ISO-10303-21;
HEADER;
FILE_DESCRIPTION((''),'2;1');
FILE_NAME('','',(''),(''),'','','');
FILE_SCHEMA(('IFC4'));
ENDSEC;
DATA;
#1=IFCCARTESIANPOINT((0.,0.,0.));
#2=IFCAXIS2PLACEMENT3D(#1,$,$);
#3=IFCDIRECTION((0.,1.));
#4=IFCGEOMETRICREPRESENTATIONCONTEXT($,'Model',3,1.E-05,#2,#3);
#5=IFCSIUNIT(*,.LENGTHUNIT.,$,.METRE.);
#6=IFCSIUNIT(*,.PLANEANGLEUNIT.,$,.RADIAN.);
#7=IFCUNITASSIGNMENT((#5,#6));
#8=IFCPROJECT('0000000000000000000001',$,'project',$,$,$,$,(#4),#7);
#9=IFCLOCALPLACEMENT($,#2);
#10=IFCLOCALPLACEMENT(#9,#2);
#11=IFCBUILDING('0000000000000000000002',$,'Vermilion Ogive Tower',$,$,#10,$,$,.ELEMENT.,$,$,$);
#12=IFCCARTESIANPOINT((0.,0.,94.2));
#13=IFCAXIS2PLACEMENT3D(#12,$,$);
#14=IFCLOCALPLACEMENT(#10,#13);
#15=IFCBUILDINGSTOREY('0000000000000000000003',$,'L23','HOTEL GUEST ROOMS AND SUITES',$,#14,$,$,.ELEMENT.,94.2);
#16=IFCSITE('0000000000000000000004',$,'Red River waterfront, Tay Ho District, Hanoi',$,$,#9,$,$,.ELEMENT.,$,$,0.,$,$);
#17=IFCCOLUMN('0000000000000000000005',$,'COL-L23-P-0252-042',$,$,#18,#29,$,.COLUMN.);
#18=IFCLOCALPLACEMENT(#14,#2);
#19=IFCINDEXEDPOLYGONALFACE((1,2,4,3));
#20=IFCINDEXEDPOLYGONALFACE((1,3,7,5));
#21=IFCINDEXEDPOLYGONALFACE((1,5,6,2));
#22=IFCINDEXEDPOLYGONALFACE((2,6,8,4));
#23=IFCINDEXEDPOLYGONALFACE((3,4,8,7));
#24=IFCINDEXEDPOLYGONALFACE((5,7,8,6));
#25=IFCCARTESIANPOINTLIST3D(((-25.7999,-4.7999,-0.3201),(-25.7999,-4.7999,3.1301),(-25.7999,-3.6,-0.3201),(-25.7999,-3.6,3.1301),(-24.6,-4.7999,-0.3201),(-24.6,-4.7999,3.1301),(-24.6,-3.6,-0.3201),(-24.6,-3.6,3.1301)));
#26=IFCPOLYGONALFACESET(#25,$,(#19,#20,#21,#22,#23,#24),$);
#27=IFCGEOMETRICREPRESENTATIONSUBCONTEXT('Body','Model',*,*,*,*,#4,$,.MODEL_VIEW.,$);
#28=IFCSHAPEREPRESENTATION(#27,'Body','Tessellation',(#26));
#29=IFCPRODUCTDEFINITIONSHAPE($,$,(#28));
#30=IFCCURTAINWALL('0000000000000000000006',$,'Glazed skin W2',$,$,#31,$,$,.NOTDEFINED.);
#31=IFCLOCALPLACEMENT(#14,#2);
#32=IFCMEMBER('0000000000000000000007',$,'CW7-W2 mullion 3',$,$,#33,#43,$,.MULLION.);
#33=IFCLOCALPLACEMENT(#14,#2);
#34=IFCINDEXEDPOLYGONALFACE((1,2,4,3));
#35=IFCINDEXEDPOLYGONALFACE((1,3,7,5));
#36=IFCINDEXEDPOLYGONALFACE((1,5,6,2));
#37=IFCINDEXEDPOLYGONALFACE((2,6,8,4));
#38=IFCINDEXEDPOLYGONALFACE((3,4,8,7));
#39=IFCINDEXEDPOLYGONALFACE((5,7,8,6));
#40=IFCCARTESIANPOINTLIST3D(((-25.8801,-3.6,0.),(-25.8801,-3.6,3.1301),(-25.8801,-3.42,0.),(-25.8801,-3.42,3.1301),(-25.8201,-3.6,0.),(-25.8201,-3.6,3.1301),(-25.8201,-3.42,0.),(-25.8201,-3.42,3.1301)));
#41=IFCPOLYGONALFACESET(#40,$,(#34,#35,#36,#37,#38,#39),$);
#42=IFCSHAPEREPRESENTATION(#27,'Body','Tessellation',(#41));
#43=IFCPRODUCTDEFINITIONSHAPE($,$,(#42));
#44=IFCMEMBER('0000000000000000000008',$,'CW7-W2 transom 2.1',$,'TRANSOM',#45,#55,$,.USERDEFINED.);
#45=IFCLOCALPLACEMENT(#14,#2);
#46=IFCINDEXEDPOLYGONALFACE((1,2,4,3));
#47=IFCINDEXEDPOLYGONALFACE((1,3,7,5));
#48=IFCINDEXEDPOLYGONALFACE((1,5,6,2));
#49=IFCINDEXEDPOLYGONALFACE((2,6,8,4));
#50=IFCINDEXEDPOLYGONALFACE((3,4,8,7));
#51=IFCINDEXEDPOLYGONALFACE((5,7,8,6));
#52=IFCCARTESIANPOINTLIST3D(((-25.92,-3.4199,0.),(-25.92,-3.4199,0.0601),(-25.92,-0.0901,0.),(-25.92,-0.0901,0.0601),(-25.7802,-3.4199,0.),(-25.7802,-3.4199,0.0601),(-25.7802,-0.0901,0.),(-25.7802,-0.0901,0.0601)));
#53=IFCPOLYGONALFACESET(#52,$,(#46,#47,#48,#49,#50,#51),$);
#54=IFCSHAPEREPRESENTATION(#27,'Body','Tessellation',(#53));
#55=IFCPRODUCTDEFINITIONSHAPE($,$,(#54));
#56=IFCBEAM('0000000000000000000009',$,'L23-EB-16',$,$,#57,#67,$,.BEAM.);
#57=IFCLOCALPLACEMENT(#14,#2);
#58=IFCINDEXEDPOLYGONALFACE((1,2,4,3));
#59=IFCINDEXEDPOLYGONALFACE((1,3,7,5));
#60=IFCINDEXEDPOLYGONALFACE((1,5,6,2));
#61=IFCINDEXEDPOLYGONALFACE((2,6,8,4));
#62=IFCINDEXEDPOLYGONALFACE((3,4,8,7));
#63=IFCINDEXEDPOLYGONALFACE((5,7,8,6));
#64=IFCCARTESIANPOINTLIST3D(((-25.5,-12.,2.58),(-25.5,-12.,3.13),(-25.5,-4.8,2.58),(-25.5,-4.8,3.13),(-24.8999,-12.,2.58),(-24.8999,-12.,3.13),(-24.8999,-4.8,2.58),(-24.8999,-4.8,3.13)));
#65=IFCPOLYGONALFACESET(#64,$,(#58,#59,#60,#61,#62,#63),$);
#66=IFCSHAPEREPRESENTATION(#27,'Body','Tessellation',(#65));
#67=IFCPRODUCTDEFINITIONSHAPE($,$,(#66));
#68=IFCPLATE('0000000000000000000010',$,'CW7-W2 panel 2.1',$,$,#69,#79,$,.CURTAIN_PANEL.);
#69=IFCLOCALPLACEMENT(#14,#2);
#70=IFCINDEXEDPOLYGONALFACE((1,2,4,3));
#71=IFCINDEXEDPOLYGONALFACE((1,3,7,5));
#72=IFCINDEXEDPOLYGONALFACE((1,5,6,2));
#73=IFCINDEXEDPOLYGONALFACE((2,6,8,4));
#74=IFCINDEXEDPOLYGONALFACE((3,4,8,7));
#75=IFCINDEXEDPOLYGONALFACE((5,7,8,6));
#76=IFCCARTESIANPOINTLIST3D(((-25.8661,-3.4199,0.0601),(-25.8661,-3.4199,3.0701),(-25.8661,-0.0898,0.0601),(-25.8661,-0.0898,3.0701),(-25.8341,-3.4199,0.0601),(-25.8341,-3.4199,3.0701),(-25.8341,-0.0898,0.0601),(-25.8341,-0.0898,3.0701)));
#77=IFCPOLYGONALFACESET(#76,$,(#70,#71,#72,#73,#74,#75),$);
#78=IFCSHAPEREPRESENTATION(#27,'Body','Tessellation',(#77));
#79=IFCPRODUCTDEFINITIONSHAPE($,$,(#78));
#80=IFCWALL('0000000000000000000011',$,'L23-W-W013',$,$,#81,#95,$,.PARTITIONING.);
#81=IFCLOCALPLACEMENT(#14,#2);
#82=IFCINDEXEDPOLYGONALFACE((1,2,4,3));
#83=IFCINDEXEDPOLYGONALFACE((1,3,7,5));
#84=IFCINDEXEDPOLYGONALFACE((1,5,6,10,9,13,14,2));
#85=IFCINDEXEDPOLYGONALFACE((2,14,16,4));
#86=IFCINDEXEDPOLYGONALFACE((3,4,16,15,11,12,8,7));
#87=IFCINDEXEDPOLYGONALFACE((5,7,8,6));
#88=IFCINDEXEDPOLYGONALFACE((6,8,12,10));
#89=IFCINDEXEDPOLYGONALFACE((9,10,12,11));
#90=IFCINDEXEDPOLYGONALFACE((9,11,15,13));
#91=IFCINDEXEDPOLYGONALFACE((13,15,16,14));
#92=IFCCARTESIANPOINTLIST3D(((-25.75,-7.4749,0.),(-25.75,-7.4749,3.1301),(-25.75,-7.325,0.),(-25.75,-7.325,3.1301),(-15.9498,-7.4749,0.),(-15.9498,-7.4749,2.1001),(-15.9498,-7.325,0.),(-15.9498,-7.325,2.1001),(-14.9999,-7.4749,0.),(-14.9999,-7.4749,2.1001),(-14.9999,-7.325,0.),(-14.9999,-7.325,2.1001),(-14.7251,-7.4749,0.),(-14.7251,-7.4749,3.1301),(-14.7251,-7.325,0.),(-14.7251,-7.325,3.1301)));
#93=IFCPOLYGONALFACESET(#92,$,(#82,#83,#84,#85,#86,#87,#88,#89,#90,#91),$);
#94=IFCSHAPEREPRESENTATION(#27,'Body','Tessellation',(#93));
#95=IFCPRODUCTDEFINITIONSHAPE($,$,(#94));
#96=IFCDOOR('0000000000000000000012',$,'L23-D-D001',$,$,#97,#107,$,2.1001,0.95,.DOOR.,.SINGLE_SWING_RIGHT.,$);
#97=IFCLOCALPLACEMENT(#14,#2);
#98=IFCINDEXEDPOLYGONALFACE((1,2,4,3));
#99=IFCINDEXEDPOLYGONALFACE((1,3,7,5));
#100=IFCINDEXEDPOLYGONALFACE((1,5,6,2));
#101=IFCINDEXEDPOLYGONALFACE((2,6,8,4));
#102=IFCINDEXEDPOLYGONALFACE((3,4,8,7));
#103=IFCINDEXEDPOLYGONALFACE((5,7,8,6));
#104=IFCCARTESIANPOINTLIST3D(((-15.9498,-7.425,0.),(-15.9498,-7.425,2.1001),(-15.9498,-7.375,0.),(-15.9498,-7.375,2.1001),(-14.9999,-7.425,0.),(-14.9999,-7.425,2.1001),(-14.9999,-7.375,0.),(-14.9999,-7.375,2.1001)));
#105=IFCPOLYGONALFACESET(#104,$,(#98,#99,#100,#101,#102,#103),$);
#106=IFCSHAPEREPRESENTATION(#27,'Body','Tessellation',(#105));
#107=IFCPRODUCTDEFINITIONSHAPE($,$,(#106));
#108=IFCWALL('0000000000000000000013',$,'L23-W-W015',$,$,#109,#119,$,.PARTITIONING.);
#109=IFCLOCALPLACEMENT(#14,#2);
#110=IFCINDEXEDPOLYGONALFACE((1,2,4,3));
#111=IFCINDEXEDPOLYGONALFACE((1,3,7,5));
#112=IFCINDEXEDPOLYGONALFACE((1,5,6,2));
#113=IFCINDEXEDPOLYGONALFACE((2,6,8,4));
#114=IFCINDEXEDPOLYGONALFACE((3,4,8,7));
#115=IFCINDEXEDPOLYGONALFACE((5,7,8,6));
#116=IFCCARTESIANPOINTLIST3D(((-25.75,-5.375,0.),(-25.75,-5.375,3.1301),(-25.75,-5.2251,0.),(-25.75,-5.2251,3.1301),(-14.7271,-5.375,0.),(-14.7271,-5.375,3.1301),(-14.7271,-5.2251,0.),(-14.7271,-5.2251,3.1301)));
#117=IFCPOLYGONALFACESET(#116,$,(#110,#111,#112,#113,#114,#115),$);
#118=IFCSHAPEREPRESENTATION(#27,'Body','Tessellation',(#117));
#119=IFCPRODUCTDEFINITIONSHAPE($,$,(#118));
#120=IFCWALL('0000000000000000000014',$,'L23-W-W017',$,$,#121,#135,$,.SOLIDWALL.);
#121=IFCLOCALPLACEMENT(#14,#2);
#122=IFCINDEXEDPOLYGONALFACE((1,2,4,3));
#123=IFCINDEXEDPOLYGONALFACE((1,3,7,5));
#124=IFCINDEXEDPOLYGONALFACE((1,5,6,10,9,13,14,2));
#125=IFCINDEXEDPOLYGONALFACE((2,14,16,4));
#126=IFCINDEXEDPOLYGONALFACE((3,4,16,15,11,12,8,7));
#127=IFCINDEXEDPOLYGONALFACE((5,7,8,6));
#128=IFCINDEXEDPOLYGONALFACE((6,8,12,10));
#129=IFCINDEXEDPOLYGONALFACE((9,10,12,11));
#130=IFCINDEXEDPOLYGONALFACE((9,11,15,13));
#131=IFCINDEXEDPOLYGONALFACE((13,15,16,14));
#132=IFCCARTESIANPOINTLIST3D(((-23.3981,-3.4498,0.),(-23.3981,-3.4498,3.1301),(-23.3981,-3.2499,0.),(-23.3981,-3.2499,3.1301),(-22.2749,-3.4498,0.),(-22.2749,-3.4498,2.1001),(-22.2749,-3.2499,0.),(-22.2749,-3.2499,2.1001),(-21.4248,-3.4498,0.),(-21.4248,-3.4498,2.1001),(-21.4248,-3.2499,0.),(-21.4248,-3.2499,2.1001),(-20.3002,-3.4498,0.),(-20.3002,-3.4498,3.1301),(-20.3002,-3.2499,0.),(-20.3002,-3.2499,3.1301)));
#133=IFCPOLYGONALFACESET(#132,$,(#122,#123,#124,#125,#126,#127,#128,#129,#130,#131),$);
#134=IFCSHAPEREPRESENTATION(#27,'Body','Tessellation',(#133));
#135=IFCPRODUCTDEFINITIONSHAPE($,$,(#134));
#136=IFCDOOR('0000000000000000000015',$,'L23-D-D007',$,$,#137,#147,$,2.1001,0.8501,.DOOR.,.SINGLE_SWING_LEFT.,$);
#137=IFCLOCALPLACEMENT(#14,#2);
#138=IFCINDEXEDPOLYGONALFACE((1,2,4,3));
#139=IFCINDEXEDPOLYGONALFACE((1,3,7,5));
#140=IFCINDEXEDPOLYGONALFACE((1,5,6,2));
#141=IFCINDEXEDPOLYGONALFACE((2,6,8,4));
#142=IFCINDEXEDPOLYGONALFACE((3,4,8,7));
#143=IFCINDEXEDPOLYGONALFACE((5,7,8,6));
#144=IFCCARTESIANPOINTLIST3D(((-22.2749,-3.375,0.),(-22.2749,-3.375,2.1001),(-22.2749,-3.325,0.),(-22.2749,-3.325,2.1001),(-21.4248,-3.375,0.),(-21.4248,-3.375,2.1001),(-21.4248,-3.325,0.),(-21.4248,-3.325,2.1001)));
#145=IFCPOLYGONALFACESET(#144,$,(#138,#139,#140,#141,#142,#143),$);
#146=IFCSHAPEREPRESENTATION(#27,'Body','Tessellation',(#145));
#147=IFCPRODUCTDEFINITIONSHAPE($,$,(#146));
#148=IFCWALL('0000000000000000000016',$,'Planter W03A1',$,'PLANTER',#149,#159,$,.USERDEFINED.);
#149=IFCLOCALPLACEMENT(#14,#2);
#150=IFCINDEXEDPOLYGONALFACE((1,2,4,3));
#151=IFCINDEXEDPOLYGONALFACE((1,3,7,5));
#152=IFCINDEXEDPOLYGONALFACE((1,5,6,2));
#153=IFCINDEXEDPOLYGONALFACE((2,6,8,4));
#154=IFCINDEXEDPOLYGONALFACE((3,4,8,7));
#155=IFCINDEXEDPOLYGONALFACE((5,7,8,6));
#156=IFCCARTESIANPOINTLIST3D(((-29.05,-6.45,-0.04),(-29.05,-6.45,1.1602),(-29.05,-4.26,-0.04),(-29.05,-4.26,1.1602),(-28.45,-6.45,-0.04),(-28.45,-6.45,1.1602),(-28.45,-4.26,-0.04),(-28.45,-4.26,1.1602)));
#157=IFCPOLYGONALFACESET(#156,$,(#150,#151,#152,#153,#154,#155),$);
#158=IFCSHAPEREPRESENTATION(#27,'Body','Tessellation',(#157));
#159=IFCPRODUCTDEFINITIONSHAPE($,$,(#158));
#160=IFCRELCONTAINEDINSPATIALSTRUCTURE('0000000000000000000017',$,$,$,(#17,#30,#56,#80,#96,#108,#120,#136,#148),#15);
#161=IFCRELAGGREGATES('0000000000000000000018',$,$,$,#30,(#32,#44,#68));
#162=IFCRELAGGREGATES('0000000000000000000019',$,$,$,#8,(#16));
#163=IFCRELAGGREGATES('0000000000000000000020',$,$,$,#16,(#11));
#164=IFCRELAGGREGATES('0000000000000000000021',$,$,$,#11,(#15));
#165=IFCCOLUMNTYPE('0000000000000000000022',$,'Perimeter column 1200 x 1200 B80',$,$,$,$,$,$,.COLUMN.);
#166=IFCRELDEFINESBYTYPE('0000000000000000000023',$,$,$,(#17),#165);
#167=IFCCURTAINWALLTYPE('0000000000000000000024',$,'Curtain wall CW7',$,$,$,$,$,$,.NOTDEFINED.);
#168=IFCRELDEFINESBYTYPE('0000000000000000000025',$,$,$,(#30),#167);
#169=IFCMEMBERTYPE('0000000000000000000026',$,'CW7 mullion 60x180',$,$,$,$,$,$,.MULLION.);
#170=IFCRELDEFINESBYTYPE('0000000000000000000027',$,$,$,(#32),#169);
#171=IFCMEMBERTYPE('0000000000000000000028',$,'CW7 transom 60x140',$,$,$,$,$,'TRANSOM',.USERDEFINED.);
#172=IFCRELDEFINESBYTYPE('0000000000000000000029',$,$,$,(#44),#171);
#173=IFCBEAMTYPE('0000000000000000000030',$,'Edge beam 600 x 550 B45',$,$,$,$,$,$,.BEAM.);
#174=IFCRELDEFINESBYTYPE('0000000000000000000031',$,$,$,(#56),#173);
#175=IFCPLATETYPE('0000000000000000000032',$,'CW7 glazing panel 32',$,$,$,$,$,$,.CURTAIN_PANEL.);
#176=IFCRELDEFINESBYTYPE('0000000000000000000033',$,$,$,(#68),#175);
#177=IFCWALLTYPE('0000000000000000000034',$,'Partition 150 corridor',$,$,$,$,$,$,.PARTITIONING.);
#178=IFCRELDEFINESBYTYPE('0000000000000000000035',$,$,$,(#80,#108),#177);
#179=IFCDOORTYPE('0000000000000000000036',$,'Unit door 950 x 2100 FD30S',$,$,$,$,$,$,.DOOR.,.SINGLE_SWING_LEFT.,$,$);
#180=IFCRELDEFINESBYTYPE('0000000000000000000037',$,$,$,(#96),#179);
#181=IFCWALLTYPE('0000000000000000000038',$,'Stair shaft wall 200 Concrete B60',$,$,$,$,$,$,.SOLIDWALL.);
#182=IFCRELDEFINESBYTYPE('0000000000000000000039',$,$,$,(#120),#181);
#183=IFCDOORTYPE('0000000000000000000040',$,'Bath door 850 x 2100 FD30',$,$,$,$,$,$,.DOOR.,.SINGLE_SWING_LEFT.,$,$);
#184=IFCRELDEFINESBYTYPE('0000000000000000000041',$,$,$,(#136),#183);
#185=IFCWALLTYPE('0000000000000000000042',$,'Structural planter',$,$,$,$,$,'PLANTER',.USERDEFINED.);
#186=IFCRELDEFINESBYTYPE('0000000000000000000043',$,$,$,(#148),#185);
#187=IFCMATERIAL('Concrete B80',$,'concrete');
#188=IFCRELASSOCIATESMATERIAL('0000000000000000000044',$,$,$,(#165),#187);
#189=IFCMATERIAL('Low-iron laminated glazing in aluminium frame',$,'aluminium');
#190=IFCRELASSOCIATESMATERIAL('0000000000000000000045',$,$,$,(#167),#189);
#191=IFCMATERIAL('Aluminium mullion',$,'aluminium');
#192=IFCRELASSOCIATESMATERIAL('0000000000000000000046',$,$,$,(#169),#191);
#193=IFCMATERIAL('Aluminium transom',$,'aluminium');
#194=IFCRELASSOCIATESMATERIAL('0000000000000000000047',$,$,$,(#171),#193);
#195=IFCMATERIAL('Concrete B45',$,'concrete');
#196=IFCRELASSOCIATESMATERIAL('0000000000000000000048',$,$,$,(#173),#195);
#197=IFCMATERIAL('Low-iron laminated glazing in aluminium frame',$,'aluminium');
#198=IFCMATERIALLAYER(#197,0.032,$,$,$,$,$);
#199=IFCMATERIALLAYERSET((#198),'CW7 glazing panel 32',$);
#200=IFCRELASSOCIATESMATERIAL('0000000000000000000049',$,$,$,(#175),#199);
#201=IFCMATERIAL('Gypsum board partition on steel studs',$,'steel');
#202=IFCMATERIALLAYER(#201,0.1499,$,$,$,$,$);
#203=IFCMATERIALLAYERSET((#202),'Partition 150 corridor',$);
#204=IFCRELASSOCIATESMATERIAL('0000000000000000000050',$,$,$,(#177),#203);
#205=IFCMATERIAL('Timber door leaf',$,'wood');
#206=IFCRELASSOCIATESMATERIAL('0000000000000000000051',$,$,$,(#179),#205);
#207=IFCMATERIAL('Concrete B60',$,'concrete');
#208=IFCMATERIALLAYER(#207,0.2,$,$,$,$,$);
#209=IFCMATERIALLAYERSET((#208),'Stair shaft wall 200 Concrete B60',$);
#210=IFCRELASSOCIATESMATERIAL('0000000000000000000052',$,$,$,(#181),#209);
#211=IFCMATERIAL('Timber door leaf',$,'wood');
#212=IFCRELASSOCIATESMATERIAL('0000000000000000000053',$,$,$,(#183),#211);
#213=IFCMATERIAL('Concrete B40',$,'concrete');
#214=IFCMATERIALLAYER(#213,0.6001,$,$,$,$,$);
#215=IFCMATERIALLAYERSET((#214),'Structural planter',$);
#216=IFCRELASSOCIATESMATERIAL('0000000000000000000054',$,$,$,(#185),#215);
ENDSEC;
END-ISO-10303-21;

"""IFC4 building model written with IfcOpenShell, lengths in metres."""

from ifc_helpers import new_model, si_unit, direction, frame, frame_2d, origin, origin_2d, place, context, subcontext, project, spatial, rectangle, extrude, material, layer, layer_set, material_profile, profile_set, type_object, element, fill, aggregate, save


model = new_model("IFC4")

# Units and contexts
model_context = context("Model", 3, precision=1e-05, world=origin(), true_north=direction((0.0, 1.0)))
body_context = subcontext(model_context, "Body", "Model", "MODEL_VIEW")
ifc_project = project(units=[si_unit("LENGTHUNIT", "METRE"), si_unit("PLANEANGLEUNIT", "RADIAN")], contexts=[model_context])

# Site, building, storey
site_placement = place(None, origin())
site = spatial("IfcSite", under=ifc_project, at=site_placement, Name="Red River waterfront, Tay Ho District, Hanoi", CompositionType="ELEMENT", RefElevation=0.0)
building_placement = place(site_placement, origin())
building = spatial("IfcBuilding", under=site, at=building_placement, Name="Vermilion Ogive Tower", CompositionType="ELEMENT")
storey_placement = place(building_placement, frame((0.0, 0.0, 94.2)))
storey = spatial("IfcBuildingStorey", under=building, at=storey_placement, Name="L23", Description="HOTEL GUEST ROOMS AND SUITES", CompositionType="ELEMENT", Elevation=94.2)

# Column
ifc_material_1 = material(Name="Concrete B80", Category="concrete")
ifc_material_profile_1 = material_profile(ifc_material_1, rectangle(XDim=1.2, YDim=1.2, at=origin_2d()), Name="1200 x 1200")
ifc_profile_set_1 = profile_set([ifc_material_profile_1], Name="Concrete B80")
column_type = type_object("IfcColumnType", Name="Perimeter column 1200 x 1200 B80", PredefinedType="COLUMN", material=ifc_profile_set_1)
column_placement = place(storey_placement, frame((-25.2, -4.2, -0.3201), z_axis=(0.0, 0.0, 1.0), x_axis=(1.0, 0.0, 0.0)))
element("IfcColumn", 1, at=column_placement, inside=storey, type_object=column_type, Name="COL-L23-P-0252-042", PredefinedType="COLUMN", context=body_context, shape_type="SweptSolid", body=[
    extrude(rectangle(XDim=1.2, YDim=1.2, at=origin_2d()), origin(), (0.0, 0.0, 1.0), 3.4502),
])

# Curtain wall, members
ifc_material_2 = material(Name="Low-iron laminated glazing in aluminium frame", Category="aluminium")
curtain_wall_type = type_object("IfcCurtainWallType", Name="Curtain wall CW7", PredefinedType="NOTDEFINED", material=ifc_material_2)
curtain_wall_placement = place(storey_placement, origin())
curtain_wall = element("IfcCurtainWall", 2, at=curtain_wall_placement, inside=storey, type_object=curtain_wall_type, Name="Glazed skin W2", PredefinedType="NOTDEFINED")
ifc_material_3 = material(Name="Aluminium mullion", Category="aluminium")
ifc_material_profile_2 = material_profile(ifc_material_3, rectangle(XDim=0.0601, YDim=0.1799, at=origin_2d()), Name="AL 60x180")
ifc_profile_set_2 = profile_set([ifc_material_profile_2], Name="Aluminium mullion")
member_type_1 = type_object("IfcMemberType", Name="CW7 mullion 60x180", PredefinedType="MULLION", material=ifc_profile_set_2)
member_1_placement = place(storey_placement, frame((-25.8501, -3.51, 0.0), z_axis=(0.0, 0.0, 1.0), x_axis=(1.0, 0.0, 0.0)))
member_1 = element("IfcMember", 3, at=member_1_placement, type_object=member_type_1, Name="CW7-W2 mullion 3", PredefinedType="MULLION", context=body_context, shape_type="SweptSolid", body=[
    extrude(rectangle(XDim=0.0601, YDim=0.1799, at=origin_2d()), origin(), (0.0, 0.0, 1.0), 3.1301),
])
ifc_material_4 = material(Name="Aluminium transom", Category="aluminium")
ifc_material_profile_3 = material_profile(ifc_material_4, rectangle(XDim=0.1399, YDim=0.0601, at=origin_2d()), Name="AL 60x140")
ifc_profile_set_3 = profile_set([ifc_material_profile_3], Name="Aluminium transom")
member_type_2 = type_object("IfcMemberType", Name="CW7 transom 60x140", ElementType="TRANSOM", PredefinedType="USERDEFINED", material=ifc_profile_set_3)
member_2_placement = place(storey_placement, frame((-25.8501, -0.0901, 0.03), z_axis=(0.0, -1.0, 0.0), x_axis=(1.0, 0.0, 0.0)))
member_2 = element("IfcMember", 4, at=member_2_placement, type_object=member_type_2, Name="CW7-W2 transom 2.1", ObjectType="TRANSOM", PredefinedType="USERDEFINED", context=body_context, shape_type="SweptSolid", body=[
    extrude(rectangle(XDim=0.1399, YDim=0.0601, at=origin_2d()), origin(), (0.0, 0.0, 1.0), 3.3298),
])

# Beam
ifc_material_5 = material(Name="Concrete B45", Category="concrete")
ifc_material_profile_4 = material_profile(ifc_material_5, rectangle(XDim=0.6001, YDim=0.55, at=origin_2d()), Name="600 x 550")
ifc_profile_set_4 = profile_set([ifc_material_profile_4], Name="Concrete B45")
beam_type = type_object("IfcBeamType", Name="Edge beam 600 x 550 B45", PredefinedType="BEAM", material=ifc_profile_set_4)
beam_placement = place(storey_placement, frame((-25.2, -4.8, 2.855), z_axis=(0.0, -1.0, 0.0), x_axis=(1.0, 0.0, 0.0)))
element("IfcBeam", 5, at=beam_placement, inside=storey, type_object=beam_type, Name="L23-EB-16", PredefinedType="BEAM", context=body_context, shape_type="SweptSolid", body=[
    extrude(rectangle(XDim=0.6001, YDim=0.55, at=origin_2d()), origin(), (0.0, 0.0, 1.0), 7.2),
])

# Plate
ifc_material_6 = material(Name="Low-iron laminated glazing in aluminium frame", Category="aluminium")
ifc_layer_1 = layer(ifc_material_6, 0.032)
ifc_layer_set_1 = layer_set([ifc_layer_1], Name="CW7 glazing panel 32")
plate_type = type_object("IfcPlateType", Name="CW7 glazing panel 32", PredefinedType="CURTAIN_PANEL", material=ifc_layer_set_1)
plate_placement = place(storey_placement, frame((-25.8501, -1.7549, 0.0601), z_axis=(0.0, 0.0, 1.0), x_axis=(0.0, -1.0, 0.0)))
plate = element("IfcPlate", 6, at=plate_placement, type_object=plate_type, Name="CW7-W2 panel 2.1", PredefinedType="CURTAIN_PANEL", context=body_context, shape_type="SweptSolid", body=[
    extrude(rectangle(XDim=3.3301, YDim=0.032, at=origin_2d()), origin(), (0.0, 0.0, 1.0), 3.01),
])
aggregate(curtain_wall, [member_1, member_2, plate])

# Wall, opening, door
ifc_material_7 = material(Name="Gypsum board partition on steel studs", Category="steel")
ifc_layer_2 = layer(ifc_material_7, 0.1499)
ifc_layer_set_2 = layer_set([ifc_layer_2], Name="Partition 150 corridor")
wall_type_1 = type_object("IfcWallType", Name="Partition 150 corridor", PredefinedType="PARTITIONING", material=ifc_layer_set_2)
wall_1_placement = place(storey_placement, frame((-25.75, -7.3999, 0.0), z_axis=(0.0, 0.0, 1.0), x_axis=(1.0, 0.0, 0.0)))
wall_1 = element("IfcWall", 7, at=wall_1_placement, inside=storey, type_object=wall_type_1, Name="L23-W-W013", PredefinedType="PARTITIONING", context=body_context, shape_type="SweptSolid", body=[
    extrude(rectangle(XDim=11.0249, YDim=0.1499, at=frame_2d((5.5125, 0.0))), origin(), (0.0, 0.0, 1.0), 3.1301),
])
opening_1_placement = place(wall_1_placement, frame((9.8, 0.0, 0.0)))
opening_1 = element("IfcOpeningElement", 8, at=opening_1_placement, cuts=wall_1, PredefinedType="OPENING", context=body_context, shape_type="SweptSolid", body=[
    extrude(rectangle(XDim=0.95, YDim=2.1001, at=frame_2d((0.4751, 1.05))), frame((0.0, 0.085, 0.0), z_axis=(0.0, -1.0, 0.0), x_axis=(1.0, 0.0, 0.0)), (0.0, 0.0, 1.0), 0.1699),
])
ifc_material_8 = material(Name="Timber door leaf", Category="wood")
door_type_1 = type_object("IfcDoorType", Name="Unit door 950 x 2100 FD30S", OperationType="SINGLE_SWING_LEFT", PredefinedType="DOOR", material=ifc_material_8)
door_1_placement = place(opening_1_placement, origin())
door_1 = element("IfcDoor", 9, at=door_1_placement, inside=storey, type_object=door_type_1, Name="L23-D-D001", OperationType="SINGLE_SWING_RIGHT", OverallHeight=2.1001, OverallWidth=0.95, PredefinedType="DOOR", context=body_context, shape_type="SweptSolid", body=[
    extrude(rectangle(XDim=0.95, YDim=2.1001, at=frame_2d((0.4751, 1.05))), frame((0.0, 0.0249, 0.0), z_axis=(0.0, -1.0, 0.0), x_axis=(1.0, 0.0, 0.0)), (0.0, 0.0, 1.0), 0.05),
])
fill(opening_1, door_1)

# Wall
wall_2_placement = place(storey_placement, frame((-25.75, -5.3, 0.0), z_axis=(0.0, 0.0, 1.0), x_axis=(1.0, 0.0, 0.0)))
element("IfcWall", 10, at=wall_2_placement, inside=storey, type_object=wall_type_1, Name="L23-W-W015", PredefinedType="PARTITIONING", context=body_context, shape_type="SweptSolid", body=[
    extrude(rectangle(XDim=11.0229, YDim=0.1499, at=frame_2d((5.5115, 0.0))), origin(), (0.0, 0.0, 1.0), 3.1301),
])

# Wall, opening, door
ifc_material_9 = material(Name="Concrete B60", Category="concrete")
ifc_layer_3 = layer(ifc_material_9, 0.2)
ifc_layer_set_3 = layer_set([ifc_layer_3], Name="Stair shaft wall 200 Concrete B60")
wall_type_2 = type_object("IfcWallType", Name="Stair shaft wall 200 Concrete B60", PredefinedType="SOLIDWALL", material=ifc_layer_set_3)
wall_3_placement = place(storey_placement, frame((-23.3979, -3.3499, 0.0), z_axis=(0.0, 0.0, 1.0), x_axis=(1.0, 0.0, 0.0)))
wall_3 = element("IfcWall", 11, at=wall_3_placement, inside=storey, type_object=wall_type_2, Name="L23-W-W017", PredefinedType="SOLIDWALL", context=body_context, shape_type="SweptSolid", body=[
    extrude(rectangle(XDim=3.0979, YDim=0.2, at=frame_2d((1.5488, 0.0))), origin(), (0.0, 0.0, 1.0), 3.1301),
])
opening_2_placement = place(wall_3_placement, frame((1.123, 0.0, 0.0)))
opening_2 = element("IfcOpeningElement", 12, at=opening_2_placement, cuts=wall_3, PredefinedType="OPENING", context=body_context, shape_type="SweptSolid", body=[
    extrude(rectangle(XDim=0.8501, YDim=2.1001, at=frame_2d((0.425, 1.05))), frame((0.0, 0.1099, 0.0), z_axis=(0.0, -1.0, 0.0), x_axis=(1.0, 0.0, 0.0)), (0.0, 0.0, 1.0), 0.22),
])
ifc_material_10 = material(Name="Timber door leaf", Category="wood")
door_type_2 = type_object("IfcDoorType", Name="Bath door 850 x 2100 FD30", OperationType="SINGLE_SWING_LEFT", PredefinedType="DOOR", material=ifc_material_10)
door_2_placement = place(opening_2_placement, origin())
door_2 = element("IfcDoor", 13, at=door_2_placement, inside=storey, type_object=door_type_2, Name="L23-D-D007", OperationType="SINGLE_SWING_LEFT", OverallHeight=2.1001, OverallWidth=0.8501, PredefinedType="DOOR", context=body_context, shape_type="SweptSolid", body=[
    extrude(rectangle(XDim=0.8501, YDim=2.1001, at=frame_2d((0.425, 1.05))), frame((0.0, 0.0249, 0.0), z_axis=(0.0, -1.0, 0.0), x_axis=(1.0, 0.0, 0.0)), (0.0, 0.0, 1.0), 0.05),
])
fill(opening_2, door_2)

# Wall
ifc_material_11 = material(Name="Concrete B40", Category="concrete")
ifc_layer_4 = layer(ifc_material_11, 0.6001)
ifc_layer_set_4 = layer_set([ifc_layer_4], Name="Structural planter")
wall_type_3 = type_object("IfcWallType", Name="Structural planter", ElementType="PLANTER", PredefinedType="USERDEFINED", material=ifc_layer_set_4)
wall_4_placement = place(storey_placement, frame((-28.75, -4.26, -0.04), z_axis=(0.0, 0.0, 1.0), x_axis=(0.0, -1.0, 0.0)))
element("IfcWall", 14, at=wall_4_placement, inside=storey, type_object=wall_type_3, Name="Planter W03A1", ObjectType="PLANTER", PredefinedType="USERDEFINED", context=body_context, shape_type="SweptSolid", body=[
    extrude(rectangle(XDim=2.1899, YDim=0.6001, at=frame_2d((1.095, 0.0))), origin(), (0.0, 0.0, 1.0), 1.2002),
])

save(model, "model.ifc")
